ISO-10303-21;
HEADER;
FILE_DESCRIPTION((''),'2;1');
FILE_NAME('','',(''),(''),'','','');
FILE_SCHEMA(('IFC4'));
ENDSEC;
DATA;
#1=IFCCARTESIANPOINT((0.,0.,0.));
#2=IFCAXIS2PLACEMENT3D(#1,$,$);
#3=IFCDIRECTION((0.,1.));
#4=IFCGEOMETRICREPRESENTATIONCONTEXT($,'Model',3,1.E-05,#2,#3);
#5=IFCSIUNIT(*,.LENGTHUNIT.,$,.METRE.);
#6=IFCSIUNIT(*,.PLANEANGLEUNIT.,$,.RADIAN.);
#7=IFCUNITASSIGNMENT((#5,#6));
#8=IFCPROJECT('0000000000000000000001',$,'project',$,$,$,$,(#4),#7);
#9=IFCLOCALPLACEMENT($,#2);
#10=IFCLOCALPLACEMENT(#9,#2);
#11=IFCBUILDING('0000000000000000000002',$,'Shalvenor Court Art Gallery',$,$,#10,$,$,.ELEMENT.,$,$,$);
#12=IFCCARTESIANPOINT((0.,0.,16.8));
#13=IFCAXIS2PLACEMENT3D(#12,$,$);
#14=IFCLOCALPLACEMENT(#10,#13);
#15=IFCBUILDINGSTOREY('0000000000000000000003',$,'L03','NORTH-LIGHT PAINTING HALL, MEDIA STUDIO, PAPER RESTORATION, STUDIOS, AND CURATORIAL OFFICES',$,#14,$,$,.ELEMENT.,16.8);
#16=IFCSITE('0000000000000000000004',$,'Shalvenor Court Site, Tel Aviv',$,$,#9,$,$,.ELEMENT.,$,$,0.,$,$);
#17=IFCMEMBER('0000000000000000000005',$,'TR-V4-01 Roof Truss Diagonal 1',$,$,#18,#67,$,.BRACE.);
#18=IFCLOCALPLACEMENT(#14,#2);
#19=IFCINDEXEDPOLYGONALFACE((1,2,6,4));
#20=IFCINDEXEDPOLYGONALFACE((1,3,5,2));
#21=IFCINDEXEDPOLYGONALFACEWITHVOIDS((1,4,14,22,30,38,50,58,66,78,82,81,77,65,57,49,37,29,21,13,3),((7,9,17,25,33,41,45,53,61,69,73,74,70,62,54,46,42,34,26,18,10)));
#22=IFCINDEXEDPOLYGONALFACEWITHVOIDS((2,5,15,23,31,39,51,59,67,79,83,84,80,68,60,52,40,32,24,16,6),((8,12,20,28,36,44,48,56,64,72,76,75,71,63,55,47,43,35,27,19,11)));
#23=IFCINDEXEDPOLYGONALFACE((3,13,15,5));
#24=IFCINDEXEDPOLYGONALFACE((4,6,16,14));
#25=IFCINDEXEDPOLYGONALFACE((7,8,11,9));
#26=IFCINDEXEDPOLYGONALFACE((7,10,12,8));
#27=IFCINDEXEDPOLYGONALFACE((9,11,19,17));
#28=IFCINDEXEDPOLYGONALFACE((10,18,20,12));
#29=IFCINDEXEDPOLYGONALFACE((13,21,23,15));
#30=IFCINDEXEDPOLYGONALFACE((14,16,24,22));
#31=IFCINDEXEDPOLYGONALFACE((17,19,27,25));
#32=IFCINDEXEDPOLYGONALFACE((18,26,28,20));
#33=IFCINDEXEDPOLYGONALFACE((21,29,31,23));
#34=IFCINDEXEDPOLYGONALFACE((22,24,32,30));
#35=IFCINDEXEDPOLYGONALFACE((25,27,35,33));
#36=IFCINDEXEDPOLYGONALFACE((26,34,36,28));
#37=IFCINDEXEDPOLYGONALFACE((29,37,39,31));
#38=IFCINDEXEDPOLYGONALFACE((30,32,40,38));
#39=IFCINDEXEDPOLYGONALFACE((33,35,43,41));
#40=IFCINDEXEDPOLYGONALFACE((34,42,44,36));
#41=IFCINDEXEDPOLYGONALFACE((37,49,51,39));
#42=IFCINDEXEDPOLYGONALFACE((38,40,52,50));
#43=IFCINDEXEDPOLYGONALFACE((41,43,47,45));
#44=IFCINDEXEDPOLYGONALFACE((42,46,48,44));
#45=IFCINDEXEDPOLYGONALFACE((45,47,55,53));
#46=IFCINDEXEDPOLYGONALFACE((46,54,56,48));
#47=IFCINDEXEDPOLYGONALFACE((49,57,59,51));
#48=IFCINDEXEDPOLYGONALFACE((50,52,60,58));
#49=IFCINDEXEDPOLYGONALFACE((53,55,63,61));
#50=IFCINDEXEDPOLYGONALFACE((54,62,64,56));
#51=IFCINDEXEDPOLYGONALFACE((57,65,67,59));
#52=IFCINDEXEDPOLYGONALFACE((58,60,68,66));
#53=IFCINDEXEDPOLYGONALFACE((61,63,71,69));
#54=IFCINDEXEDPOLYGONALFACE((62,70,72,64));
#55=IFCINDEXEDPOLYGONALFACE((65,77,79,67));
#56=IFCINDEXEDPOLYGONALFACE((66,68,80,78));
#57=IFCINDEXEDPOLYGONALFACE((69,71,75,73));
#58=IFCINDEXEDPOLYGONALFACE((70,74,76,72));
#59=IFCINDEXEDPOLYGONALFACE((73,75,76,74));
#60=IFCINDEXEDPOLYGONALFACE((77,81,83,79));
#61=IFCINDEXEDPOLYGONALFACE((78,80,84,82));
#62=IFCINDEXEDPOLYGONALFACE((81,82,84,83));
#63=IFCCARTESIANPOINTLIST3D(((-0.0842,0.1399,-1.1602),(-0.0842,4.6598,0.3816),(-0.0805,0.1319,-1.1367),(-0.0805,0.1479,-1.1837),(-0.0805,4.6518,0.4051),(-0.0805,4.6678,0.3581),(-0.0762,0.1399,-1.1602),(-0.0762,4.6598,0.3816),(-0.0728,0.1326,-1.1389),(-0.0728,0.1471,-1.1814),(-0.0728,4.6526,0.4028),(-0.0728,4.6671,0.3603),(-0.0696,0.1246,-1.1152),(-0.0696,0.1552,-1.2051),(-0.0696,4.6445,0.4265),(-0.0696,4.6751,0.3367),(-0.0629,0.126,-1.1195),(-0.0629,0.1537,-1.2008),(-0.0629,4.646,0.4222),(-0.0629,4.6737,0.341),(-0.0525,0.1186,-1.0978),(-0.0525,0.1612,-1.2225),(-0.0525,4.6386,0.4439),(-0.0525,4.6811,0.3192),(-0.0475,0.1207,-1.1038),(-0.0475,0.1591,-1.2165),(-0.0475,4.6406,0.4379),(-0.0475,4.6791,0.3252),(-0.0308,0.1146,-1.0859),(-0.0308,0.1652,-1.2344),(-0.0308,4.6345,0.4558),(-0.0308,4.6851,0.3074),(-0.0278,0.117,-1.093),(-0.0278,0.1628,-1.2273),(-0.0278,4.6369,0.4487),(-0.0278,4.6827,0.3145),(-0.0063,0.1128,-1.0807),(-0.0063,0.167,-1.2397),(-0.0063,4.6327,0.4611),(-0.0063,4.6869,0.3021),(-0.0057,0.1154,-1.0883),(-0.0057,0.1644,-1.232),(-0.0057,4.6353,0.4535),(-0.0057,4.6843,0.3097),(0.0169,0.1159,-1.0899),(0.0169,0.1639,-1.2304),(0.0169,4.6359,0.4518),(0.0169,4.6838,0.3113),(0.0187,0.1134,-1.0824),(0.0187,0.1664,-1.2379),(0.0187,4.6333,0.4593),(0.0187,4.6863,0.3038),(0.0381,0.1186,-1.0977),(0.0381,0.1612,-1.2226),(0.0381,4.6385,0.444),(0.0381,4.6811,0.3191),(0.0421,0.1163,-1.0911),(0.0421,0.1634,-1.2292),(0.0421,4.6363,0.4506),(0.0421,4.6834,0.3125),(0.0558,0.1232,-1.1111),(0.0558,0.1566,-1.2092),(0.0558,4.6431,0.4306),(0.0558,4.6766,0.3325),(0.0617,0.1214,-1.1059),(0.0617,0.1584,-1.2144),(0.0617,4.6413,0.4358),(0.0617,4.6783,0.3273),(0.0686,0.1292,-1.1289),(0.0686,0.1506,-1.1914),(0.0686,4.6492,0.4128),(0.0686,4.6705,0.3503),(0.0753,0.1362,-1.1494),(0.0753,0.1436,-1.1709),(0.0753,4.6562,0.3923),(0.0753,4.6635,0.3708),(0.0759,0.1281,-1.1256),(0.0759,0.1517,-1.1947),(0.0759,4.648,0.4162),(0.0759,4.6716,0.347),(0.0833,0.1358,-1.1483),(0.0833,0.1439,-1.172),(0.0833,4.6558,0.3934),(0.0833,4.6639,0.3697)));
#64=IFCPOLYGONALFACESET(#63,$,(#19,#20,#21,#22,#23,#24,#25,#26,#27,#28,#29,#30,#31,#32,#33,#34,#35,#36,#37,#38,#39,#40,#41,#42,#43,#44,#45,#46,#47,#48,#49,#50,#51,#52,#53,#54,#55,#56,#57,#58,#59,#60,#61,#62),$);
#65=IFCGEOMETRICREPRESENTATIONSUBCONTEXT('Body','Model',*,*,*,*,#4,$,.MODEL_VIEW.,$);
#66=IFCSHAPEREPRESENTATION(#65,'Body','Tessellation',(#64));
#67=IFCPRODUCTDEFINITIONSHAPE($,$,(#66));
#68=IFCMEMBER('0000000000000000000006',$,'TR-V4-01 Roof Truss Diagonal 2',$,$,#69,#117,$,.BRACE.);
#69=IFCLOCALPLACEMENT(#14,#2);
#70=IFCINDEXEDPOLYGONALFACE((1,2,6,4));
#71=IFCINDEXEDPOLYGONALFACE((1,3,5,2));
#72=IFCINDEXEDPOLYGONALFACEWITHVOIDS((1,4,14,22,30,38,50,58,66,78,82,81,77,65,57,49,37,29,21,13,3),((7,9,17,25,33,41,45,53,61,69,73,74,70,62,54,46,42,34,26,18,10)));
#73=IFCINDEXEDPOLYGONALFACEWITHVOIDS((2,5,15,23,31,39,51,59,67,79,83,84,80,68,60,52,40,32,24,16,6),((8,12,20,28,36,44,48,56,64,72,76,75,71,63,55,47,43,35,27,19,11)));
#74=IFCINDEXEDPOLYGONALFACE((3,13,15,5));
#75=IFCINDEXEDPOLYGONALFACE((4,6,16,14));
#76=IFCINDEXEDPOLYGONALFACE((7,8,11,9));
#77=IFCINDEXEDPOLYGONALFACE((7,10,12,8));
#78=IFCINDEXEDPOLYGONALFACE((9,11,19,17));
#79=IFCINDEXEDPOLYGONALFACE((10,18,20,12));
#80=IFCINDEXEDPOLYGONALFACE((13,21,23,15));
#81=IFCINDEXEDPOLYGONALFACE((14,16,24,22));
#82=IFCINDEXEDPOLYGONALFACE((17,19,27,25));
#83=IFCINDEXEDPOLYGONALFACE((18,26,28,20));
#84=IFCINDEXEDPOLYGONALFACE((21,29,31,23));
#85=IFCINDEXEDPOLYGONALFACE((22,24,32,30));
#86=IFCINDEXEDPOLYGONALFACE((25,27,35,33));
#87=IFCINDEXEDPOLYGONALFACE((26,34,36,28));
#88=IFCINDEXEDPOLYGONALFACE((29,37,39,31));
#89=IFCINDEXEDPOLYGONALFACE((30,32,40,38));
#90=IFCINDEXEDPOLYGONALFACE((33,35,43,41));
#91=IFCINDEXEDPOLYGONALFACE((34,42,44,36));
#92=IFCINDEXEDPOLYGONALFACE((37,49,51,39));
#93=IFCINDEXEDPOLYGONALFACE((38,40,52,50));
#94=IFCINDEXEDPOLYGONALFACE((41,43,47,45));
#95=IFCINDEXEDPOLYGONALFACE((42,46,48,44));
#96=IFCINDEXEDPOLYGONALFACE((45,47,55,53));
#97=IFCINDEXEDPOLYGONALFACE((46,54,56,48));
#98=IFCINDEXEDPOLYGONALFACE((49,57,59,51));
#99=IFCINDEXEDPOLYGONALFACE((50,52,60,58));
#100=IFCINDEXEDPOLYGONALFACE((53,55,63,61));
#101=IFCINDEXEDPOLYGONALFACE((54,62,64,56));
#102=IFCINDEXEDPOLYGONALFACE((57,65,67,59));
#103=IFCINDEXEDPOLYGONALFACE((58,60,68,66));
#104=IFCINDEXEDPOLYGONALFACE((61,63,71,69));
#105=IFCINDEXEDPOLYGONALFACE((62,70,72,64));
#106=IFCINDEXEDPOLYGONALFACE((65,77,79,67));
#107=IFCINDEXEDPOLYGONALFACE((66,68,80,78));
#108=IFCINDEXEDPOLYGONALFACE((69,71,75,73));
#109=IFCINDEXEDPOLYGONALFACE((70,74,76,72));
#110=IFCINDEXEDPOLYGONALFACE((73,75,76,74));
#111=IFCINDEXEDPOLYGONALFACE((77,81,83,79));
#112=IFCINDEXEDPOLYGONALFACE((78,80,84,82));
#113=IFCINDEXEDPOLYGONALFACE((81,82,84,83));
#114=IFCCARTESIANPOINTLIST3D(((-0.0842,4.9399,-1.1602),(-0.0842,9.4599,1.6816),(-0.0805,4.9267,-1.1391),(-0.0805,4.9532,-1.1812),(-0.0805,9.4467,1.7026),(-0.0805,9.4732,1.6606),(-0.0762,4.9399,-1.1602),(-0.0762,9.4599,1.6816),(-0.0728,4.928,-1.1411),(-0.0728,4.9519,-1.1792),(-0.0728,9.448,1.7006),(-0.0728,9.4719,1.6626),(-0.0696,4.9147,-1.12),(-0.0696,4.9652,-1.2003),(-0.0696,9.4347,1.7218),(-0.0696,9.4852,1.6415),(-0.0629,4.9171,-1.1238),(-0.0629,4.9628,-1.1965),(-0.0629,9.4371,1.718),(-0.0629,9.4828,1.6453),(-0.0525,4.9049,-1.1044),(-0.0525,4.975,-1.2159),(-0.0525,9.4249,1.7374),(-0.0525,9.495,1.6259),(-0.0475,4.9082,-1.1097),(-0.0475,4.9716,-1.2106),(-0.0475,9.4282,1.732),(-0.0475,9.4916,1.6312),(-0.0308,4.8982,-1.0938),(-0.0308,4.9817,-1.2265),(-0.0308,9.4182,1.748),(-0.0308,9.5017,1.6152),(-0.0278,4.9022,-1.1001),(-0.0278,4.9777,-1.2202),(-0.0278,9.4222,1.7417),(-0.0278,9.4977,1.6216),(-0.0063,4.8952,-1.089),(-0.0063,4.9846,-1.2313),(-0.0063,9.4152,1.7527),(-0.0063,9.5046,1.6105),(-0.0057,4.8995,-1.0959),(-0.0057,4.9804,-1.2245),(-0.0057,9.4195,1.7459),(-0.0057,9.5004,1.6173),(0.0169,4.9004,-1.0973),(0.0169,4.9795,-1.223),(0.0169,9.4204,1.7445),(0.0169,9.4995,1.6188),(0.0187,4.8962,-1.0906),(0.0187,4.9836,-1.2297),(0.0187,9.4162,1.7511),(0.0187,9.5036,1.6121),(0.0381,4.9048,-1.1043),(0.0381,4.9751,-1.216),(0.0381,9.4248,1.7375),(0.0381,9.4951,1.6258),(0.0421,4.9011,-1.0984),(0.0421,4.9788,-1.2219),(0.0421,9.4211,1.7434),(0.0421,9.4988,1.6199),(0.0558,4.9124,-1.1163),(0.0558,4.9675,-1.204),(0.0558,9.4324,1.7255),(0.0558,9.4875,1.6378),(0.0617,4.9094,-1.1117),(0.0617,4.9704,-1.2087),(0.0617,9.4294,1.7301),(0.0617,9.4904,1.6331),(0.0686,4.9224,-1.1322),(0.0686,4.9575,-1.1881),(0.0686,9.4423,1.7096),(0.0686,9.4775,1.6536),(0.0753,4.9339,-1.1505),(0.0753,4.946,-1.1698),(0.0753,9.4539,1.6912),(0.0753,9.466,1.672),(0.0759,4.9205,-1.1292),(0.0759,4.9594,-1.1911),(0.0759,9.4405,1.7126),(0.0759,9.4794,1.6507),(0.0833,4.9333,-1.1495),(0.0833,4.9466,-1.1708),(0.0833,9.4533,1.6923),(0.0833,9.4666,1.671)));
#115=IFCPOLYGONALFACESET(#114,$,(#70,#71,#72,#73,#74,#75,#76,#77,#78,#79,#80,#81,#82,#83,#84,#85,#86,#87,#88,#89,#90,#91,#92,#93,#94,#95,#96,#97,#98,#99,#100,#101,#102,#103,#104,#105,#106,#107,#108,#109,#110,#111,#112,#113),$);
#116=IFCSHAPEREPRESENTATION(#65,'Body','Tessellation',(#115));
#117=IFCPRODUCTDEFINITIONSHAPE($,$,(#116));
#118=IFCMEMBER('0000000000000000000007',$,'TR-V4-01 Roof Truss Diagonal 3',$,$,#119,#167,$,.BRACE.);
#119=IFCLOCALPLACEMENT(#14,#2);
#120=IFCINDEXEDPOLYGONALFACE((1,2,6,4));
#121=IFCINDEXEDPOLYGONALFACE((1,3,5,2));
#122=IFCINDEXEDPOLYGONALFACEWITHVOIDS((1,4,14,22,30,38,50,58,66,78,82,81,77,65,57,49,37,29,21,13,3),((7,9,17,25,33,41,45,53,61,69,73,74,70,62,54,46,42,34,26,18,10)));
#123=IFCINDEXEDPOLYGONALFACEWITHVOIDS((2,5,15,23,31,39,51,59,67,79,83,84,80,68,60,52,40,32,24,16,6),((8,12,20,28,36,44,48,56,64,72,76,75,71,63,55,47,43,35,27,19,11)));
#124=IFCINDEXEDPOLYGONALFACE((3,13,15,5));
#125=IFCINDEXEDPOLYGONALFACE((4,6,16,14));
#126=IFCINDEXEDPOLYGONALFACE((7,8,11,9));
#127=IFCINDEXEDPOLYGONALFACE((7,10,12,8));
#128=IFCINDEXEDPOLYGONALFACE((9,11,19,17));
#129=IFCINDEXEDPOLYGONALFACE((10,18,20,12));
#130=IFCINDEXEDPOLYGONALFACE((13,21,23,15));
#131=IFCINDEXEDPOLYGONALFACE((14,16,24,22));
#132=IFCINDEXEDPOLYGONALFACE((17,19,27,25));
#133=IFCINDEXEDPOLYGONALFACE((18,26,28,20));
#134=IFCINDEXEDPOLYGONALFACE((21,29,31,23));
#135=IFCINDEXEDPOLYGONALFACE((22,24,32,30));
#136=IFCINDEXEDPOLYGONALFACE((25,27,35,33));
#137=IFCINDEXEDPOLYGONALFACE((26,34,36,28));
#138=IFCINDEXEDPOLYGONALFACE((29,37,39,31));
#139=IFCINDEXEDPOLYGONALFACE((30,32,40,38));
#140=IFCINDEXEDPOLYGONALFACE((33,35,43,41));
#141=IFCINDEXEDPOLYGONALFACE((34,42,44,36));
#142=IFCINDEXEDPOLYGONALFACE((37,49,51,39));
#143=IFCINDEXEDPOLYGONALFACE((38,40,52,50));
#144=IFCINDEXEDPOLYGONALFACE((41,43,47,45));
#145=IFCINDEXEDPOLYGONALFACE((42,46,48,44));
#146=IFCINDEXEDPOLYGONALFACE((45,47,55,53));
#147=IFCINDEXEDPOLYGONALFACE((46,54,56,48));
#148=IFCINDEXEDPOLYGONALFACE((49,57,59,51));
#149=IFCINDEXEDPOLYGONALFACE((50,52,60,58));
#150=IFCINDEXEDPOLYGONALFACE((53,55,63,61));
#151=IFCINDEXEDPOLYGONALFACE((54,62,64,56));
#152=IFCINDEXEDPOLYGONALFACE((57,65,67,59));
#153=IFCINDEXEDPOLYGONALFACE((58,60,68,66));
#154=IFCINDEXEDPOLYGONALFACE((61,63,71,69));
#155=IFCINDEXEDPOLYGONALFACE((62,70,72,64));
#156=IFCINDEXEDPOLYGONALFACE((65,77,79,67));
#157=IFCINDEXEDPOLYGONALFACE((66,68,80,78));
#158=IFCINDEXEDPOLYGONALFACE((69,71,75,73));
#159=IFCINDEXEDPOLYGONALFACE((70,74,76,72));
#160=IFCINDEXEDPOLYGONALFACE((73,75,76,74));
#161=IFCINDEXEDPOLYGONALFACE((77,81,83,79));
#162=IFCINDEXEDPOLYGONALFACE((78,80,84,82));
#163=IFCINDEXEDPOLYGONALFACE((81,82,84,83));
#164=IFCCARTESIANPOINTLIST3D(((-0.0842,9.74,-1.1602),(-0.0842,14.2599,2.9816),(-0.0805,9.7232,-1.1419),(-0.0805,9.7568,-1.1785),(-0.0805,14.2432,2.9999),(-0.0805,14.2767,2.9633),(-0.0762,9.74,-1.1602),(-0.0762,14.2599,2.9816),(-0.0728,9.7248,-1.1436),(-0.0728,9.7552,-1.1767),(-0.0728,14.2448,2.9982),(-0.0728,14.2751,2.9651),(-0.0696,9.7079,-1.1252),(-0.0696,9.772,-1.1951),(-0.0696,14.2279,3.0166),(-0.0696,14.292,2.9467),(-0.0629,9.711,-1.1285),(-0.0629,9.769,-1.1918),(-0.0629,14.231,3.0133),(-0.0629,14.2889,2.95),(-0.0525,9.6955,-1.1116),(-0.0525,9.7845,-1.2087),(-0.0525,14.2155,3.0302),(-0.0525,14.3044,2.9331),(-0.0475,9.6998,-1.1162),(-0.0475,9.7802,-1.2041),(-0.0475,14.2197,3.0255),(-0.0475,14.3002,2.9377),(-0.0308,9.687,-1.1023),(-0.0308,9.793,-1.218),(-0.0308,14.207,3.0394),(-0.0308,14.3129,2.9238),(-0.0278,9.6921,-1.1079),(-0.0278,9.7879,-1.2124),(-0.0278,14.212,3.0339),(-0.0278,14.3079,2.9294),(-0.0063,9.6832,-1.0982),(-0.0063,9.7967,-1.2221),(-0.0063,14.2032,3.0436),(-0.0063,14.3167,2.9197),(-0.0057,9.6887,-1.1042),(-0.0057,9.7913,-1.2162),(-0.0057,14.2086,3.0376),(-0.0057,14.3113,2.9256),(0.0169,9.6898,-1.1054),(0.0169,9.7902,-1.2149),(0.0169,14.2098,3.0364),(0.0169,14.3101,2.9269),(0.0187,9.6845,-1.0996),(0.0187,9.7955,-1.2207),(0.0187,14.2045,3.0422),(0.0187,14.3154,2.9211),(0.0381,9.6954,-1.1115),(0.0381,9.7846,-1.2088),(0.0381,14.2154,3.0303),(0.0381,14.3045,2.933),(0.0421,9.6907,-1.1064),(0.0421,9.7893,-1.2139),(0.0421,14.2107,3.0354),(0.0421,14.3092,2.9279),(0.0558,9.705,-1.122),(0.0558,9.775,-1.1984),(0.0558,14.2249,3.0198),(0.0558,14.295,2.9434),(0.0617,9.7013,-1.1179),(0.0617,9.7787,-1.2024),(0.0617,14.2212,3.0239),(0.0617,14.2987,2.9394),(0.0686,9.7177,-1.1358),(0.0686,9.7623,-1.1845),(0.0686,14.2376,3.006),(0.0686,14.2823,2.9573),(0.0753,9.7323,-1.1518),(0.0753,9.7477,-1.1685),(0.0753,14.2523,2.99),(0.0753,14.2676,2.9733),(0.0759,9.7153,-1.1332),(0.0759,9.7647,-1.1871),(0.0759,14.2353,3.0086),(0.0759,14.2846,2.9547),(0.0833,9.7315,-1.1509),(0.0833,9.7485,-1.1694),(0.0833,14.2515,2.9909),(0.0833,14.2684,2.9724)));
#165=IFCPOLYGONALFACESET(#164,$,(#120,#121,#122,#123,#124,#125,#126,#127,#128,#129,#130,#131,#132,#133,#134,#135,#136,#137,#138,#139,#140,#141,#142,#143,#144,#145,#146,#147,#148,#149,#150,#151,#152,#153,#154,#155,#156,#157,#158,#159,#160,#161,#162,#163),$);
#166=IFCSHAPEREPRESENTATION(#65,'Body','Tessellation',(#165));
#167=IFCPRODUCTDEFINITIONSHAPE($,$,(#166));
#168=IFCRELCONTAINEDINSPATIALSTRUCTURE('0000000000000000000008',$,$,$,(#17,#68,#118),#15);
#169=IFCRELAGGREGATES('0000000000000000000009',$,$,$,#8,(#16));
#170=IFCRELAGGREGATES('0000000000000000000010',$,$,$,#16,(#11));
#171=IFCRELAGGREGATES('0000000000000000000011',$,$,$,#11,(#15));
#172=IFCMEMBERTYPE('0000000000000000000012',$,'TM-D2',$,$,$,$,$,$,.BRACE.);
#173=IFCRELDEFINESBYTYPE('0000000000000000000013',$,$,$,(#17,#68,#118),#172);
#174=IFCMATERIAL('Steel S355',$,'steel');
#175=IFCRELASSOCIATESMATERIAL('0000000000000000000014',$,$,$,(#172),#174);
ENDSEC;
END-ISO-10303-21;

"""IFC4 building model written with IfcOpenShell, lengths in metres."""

from ifc_helpers import new_model, si_unit, direction, frame, origin, origin_2d, place, context, subcontext, project, spatial, hollow_circle, extrude, material, material_profile, profile_set, type_object, element, save


model = new_model("IFC4")

# Units and contexts
model_context = context("Model", 3, precision=1e-05, world=origin(), true_north=direction((0.0, 1.0)))
body_context = subcontext(model_context, "Body", "Model", "MODEL_VIEW")
ifc_project = project(units=[si_unit("LENGTHUNIT", "METRE"), si_unit("PLANEANGLEUNIT", "RADIAN")], contexts=[model_context])

# Site, building, storey
site_placement = place(None, origin())
site = spatial("IfcSite", under=ifc_project, at=site_placement, Name="Shalvenor Court Site, Tel Aviv", CompositionType="ELEMENT", RefElevation=0.0)
building_placement = place(site_placement, origin())
building = spatial("IfcBuilding", under=site, at=building_placement, Name="Shalvenor Court Art Gallery", CompositionType="ELEMENT")
storey_placement = place(building_placement, frame((0.0, 0.0, 16.8)))
storey = spatial("IfcBuildingStorey", under=building, at=storey_placement, Name="L03", Description="NORTH-LIGHT PAINTING HALL, MEDIA STUDIO, PAPER RESTORATION, STUDIOS, AND CURATORIAL OFFICES", CompositionType="ELEMENT", Elevation=16.8)

# Members
ifc_material_1 = material(Name="Steel S355", Category="steel")
ifc_material_profile_1 = material_profile(ifc_material_1, hollow_circle(Radius=0.0842, WallThickness=0.0081, at=origin_2d()), Name="CHS 168.3x8.0")
ifc_profile_set_1 = profile_set([ifc_material_profile_1], Name="Steel S355")
member_type_1 = type_object("IfcMemberType", Name="TM-D2", PredefinedType="BRACE", material=ifc_profile_set_1)
member_1_placement = place(storey_placement, frame((0.0, 0.1399, -1.1602), z_axis=(0.0, 0.946457, 0.32283), x_axis=(-1.0, 0.0, 0.0)))
element("IfcMember", 1, at=member_1_placement, inside=storey, type_object=member_type_1, Name="TR-V4-01 Roof Truss Diagonal 1", PredefinedType="BRACE", context=body_context, shape_type="SweptSolid", body=[
    extrude(hollow_circle(Radius=0.0842, WallThickness=0.0081, at=origin_2d()), origin(), (0.0, 0.0, 1.0), 4.7756),
])
member_2_placement = place(storey_placement, frame((0.0, 4.9399, -1.1602), z_axis=(0.0, 0.846582, 0.532258), x_axis=(-1.0, 0.0, 0.0)))
element("IfcMember", 2, at=member_2_placement, inside=storey, type_object=member_type_1, Name="TR-V4-01 Roof Truss Diagonal 2", PredefinedType="BRACE", context=body_context, shape_type="SweptSolid", body=[
    extrude(hollow_circle(Radius=0.0842, WallThickness=0.0081, at=origin_2d()), origin(), (0.0, 0.0, 1.0), 5.3391),
])
member_3_placement = place(storey_placement, frame((0.0, 9.74, -1.1602), z_axis=(0.0, 0.737276, 0.675591), x_axis=(-1.0, 0.0, 0.0)))
element("IfcMember", 3, at=member_3_placement, inside=storey, type_object=member_type_1, Name="TR-V4-01 Roof Truss Diagonal 3", PredefinedType="BRACE", context=body_context, shape_type="SweptSolid", body=[
    extrude(hollow_circle(Radius=0.0842, WallThickness=0.0081, at=origin_2d()), origin(), (0.0, 0.0, 1.0), 6.1306),
])

save(model, "model.ifc")
